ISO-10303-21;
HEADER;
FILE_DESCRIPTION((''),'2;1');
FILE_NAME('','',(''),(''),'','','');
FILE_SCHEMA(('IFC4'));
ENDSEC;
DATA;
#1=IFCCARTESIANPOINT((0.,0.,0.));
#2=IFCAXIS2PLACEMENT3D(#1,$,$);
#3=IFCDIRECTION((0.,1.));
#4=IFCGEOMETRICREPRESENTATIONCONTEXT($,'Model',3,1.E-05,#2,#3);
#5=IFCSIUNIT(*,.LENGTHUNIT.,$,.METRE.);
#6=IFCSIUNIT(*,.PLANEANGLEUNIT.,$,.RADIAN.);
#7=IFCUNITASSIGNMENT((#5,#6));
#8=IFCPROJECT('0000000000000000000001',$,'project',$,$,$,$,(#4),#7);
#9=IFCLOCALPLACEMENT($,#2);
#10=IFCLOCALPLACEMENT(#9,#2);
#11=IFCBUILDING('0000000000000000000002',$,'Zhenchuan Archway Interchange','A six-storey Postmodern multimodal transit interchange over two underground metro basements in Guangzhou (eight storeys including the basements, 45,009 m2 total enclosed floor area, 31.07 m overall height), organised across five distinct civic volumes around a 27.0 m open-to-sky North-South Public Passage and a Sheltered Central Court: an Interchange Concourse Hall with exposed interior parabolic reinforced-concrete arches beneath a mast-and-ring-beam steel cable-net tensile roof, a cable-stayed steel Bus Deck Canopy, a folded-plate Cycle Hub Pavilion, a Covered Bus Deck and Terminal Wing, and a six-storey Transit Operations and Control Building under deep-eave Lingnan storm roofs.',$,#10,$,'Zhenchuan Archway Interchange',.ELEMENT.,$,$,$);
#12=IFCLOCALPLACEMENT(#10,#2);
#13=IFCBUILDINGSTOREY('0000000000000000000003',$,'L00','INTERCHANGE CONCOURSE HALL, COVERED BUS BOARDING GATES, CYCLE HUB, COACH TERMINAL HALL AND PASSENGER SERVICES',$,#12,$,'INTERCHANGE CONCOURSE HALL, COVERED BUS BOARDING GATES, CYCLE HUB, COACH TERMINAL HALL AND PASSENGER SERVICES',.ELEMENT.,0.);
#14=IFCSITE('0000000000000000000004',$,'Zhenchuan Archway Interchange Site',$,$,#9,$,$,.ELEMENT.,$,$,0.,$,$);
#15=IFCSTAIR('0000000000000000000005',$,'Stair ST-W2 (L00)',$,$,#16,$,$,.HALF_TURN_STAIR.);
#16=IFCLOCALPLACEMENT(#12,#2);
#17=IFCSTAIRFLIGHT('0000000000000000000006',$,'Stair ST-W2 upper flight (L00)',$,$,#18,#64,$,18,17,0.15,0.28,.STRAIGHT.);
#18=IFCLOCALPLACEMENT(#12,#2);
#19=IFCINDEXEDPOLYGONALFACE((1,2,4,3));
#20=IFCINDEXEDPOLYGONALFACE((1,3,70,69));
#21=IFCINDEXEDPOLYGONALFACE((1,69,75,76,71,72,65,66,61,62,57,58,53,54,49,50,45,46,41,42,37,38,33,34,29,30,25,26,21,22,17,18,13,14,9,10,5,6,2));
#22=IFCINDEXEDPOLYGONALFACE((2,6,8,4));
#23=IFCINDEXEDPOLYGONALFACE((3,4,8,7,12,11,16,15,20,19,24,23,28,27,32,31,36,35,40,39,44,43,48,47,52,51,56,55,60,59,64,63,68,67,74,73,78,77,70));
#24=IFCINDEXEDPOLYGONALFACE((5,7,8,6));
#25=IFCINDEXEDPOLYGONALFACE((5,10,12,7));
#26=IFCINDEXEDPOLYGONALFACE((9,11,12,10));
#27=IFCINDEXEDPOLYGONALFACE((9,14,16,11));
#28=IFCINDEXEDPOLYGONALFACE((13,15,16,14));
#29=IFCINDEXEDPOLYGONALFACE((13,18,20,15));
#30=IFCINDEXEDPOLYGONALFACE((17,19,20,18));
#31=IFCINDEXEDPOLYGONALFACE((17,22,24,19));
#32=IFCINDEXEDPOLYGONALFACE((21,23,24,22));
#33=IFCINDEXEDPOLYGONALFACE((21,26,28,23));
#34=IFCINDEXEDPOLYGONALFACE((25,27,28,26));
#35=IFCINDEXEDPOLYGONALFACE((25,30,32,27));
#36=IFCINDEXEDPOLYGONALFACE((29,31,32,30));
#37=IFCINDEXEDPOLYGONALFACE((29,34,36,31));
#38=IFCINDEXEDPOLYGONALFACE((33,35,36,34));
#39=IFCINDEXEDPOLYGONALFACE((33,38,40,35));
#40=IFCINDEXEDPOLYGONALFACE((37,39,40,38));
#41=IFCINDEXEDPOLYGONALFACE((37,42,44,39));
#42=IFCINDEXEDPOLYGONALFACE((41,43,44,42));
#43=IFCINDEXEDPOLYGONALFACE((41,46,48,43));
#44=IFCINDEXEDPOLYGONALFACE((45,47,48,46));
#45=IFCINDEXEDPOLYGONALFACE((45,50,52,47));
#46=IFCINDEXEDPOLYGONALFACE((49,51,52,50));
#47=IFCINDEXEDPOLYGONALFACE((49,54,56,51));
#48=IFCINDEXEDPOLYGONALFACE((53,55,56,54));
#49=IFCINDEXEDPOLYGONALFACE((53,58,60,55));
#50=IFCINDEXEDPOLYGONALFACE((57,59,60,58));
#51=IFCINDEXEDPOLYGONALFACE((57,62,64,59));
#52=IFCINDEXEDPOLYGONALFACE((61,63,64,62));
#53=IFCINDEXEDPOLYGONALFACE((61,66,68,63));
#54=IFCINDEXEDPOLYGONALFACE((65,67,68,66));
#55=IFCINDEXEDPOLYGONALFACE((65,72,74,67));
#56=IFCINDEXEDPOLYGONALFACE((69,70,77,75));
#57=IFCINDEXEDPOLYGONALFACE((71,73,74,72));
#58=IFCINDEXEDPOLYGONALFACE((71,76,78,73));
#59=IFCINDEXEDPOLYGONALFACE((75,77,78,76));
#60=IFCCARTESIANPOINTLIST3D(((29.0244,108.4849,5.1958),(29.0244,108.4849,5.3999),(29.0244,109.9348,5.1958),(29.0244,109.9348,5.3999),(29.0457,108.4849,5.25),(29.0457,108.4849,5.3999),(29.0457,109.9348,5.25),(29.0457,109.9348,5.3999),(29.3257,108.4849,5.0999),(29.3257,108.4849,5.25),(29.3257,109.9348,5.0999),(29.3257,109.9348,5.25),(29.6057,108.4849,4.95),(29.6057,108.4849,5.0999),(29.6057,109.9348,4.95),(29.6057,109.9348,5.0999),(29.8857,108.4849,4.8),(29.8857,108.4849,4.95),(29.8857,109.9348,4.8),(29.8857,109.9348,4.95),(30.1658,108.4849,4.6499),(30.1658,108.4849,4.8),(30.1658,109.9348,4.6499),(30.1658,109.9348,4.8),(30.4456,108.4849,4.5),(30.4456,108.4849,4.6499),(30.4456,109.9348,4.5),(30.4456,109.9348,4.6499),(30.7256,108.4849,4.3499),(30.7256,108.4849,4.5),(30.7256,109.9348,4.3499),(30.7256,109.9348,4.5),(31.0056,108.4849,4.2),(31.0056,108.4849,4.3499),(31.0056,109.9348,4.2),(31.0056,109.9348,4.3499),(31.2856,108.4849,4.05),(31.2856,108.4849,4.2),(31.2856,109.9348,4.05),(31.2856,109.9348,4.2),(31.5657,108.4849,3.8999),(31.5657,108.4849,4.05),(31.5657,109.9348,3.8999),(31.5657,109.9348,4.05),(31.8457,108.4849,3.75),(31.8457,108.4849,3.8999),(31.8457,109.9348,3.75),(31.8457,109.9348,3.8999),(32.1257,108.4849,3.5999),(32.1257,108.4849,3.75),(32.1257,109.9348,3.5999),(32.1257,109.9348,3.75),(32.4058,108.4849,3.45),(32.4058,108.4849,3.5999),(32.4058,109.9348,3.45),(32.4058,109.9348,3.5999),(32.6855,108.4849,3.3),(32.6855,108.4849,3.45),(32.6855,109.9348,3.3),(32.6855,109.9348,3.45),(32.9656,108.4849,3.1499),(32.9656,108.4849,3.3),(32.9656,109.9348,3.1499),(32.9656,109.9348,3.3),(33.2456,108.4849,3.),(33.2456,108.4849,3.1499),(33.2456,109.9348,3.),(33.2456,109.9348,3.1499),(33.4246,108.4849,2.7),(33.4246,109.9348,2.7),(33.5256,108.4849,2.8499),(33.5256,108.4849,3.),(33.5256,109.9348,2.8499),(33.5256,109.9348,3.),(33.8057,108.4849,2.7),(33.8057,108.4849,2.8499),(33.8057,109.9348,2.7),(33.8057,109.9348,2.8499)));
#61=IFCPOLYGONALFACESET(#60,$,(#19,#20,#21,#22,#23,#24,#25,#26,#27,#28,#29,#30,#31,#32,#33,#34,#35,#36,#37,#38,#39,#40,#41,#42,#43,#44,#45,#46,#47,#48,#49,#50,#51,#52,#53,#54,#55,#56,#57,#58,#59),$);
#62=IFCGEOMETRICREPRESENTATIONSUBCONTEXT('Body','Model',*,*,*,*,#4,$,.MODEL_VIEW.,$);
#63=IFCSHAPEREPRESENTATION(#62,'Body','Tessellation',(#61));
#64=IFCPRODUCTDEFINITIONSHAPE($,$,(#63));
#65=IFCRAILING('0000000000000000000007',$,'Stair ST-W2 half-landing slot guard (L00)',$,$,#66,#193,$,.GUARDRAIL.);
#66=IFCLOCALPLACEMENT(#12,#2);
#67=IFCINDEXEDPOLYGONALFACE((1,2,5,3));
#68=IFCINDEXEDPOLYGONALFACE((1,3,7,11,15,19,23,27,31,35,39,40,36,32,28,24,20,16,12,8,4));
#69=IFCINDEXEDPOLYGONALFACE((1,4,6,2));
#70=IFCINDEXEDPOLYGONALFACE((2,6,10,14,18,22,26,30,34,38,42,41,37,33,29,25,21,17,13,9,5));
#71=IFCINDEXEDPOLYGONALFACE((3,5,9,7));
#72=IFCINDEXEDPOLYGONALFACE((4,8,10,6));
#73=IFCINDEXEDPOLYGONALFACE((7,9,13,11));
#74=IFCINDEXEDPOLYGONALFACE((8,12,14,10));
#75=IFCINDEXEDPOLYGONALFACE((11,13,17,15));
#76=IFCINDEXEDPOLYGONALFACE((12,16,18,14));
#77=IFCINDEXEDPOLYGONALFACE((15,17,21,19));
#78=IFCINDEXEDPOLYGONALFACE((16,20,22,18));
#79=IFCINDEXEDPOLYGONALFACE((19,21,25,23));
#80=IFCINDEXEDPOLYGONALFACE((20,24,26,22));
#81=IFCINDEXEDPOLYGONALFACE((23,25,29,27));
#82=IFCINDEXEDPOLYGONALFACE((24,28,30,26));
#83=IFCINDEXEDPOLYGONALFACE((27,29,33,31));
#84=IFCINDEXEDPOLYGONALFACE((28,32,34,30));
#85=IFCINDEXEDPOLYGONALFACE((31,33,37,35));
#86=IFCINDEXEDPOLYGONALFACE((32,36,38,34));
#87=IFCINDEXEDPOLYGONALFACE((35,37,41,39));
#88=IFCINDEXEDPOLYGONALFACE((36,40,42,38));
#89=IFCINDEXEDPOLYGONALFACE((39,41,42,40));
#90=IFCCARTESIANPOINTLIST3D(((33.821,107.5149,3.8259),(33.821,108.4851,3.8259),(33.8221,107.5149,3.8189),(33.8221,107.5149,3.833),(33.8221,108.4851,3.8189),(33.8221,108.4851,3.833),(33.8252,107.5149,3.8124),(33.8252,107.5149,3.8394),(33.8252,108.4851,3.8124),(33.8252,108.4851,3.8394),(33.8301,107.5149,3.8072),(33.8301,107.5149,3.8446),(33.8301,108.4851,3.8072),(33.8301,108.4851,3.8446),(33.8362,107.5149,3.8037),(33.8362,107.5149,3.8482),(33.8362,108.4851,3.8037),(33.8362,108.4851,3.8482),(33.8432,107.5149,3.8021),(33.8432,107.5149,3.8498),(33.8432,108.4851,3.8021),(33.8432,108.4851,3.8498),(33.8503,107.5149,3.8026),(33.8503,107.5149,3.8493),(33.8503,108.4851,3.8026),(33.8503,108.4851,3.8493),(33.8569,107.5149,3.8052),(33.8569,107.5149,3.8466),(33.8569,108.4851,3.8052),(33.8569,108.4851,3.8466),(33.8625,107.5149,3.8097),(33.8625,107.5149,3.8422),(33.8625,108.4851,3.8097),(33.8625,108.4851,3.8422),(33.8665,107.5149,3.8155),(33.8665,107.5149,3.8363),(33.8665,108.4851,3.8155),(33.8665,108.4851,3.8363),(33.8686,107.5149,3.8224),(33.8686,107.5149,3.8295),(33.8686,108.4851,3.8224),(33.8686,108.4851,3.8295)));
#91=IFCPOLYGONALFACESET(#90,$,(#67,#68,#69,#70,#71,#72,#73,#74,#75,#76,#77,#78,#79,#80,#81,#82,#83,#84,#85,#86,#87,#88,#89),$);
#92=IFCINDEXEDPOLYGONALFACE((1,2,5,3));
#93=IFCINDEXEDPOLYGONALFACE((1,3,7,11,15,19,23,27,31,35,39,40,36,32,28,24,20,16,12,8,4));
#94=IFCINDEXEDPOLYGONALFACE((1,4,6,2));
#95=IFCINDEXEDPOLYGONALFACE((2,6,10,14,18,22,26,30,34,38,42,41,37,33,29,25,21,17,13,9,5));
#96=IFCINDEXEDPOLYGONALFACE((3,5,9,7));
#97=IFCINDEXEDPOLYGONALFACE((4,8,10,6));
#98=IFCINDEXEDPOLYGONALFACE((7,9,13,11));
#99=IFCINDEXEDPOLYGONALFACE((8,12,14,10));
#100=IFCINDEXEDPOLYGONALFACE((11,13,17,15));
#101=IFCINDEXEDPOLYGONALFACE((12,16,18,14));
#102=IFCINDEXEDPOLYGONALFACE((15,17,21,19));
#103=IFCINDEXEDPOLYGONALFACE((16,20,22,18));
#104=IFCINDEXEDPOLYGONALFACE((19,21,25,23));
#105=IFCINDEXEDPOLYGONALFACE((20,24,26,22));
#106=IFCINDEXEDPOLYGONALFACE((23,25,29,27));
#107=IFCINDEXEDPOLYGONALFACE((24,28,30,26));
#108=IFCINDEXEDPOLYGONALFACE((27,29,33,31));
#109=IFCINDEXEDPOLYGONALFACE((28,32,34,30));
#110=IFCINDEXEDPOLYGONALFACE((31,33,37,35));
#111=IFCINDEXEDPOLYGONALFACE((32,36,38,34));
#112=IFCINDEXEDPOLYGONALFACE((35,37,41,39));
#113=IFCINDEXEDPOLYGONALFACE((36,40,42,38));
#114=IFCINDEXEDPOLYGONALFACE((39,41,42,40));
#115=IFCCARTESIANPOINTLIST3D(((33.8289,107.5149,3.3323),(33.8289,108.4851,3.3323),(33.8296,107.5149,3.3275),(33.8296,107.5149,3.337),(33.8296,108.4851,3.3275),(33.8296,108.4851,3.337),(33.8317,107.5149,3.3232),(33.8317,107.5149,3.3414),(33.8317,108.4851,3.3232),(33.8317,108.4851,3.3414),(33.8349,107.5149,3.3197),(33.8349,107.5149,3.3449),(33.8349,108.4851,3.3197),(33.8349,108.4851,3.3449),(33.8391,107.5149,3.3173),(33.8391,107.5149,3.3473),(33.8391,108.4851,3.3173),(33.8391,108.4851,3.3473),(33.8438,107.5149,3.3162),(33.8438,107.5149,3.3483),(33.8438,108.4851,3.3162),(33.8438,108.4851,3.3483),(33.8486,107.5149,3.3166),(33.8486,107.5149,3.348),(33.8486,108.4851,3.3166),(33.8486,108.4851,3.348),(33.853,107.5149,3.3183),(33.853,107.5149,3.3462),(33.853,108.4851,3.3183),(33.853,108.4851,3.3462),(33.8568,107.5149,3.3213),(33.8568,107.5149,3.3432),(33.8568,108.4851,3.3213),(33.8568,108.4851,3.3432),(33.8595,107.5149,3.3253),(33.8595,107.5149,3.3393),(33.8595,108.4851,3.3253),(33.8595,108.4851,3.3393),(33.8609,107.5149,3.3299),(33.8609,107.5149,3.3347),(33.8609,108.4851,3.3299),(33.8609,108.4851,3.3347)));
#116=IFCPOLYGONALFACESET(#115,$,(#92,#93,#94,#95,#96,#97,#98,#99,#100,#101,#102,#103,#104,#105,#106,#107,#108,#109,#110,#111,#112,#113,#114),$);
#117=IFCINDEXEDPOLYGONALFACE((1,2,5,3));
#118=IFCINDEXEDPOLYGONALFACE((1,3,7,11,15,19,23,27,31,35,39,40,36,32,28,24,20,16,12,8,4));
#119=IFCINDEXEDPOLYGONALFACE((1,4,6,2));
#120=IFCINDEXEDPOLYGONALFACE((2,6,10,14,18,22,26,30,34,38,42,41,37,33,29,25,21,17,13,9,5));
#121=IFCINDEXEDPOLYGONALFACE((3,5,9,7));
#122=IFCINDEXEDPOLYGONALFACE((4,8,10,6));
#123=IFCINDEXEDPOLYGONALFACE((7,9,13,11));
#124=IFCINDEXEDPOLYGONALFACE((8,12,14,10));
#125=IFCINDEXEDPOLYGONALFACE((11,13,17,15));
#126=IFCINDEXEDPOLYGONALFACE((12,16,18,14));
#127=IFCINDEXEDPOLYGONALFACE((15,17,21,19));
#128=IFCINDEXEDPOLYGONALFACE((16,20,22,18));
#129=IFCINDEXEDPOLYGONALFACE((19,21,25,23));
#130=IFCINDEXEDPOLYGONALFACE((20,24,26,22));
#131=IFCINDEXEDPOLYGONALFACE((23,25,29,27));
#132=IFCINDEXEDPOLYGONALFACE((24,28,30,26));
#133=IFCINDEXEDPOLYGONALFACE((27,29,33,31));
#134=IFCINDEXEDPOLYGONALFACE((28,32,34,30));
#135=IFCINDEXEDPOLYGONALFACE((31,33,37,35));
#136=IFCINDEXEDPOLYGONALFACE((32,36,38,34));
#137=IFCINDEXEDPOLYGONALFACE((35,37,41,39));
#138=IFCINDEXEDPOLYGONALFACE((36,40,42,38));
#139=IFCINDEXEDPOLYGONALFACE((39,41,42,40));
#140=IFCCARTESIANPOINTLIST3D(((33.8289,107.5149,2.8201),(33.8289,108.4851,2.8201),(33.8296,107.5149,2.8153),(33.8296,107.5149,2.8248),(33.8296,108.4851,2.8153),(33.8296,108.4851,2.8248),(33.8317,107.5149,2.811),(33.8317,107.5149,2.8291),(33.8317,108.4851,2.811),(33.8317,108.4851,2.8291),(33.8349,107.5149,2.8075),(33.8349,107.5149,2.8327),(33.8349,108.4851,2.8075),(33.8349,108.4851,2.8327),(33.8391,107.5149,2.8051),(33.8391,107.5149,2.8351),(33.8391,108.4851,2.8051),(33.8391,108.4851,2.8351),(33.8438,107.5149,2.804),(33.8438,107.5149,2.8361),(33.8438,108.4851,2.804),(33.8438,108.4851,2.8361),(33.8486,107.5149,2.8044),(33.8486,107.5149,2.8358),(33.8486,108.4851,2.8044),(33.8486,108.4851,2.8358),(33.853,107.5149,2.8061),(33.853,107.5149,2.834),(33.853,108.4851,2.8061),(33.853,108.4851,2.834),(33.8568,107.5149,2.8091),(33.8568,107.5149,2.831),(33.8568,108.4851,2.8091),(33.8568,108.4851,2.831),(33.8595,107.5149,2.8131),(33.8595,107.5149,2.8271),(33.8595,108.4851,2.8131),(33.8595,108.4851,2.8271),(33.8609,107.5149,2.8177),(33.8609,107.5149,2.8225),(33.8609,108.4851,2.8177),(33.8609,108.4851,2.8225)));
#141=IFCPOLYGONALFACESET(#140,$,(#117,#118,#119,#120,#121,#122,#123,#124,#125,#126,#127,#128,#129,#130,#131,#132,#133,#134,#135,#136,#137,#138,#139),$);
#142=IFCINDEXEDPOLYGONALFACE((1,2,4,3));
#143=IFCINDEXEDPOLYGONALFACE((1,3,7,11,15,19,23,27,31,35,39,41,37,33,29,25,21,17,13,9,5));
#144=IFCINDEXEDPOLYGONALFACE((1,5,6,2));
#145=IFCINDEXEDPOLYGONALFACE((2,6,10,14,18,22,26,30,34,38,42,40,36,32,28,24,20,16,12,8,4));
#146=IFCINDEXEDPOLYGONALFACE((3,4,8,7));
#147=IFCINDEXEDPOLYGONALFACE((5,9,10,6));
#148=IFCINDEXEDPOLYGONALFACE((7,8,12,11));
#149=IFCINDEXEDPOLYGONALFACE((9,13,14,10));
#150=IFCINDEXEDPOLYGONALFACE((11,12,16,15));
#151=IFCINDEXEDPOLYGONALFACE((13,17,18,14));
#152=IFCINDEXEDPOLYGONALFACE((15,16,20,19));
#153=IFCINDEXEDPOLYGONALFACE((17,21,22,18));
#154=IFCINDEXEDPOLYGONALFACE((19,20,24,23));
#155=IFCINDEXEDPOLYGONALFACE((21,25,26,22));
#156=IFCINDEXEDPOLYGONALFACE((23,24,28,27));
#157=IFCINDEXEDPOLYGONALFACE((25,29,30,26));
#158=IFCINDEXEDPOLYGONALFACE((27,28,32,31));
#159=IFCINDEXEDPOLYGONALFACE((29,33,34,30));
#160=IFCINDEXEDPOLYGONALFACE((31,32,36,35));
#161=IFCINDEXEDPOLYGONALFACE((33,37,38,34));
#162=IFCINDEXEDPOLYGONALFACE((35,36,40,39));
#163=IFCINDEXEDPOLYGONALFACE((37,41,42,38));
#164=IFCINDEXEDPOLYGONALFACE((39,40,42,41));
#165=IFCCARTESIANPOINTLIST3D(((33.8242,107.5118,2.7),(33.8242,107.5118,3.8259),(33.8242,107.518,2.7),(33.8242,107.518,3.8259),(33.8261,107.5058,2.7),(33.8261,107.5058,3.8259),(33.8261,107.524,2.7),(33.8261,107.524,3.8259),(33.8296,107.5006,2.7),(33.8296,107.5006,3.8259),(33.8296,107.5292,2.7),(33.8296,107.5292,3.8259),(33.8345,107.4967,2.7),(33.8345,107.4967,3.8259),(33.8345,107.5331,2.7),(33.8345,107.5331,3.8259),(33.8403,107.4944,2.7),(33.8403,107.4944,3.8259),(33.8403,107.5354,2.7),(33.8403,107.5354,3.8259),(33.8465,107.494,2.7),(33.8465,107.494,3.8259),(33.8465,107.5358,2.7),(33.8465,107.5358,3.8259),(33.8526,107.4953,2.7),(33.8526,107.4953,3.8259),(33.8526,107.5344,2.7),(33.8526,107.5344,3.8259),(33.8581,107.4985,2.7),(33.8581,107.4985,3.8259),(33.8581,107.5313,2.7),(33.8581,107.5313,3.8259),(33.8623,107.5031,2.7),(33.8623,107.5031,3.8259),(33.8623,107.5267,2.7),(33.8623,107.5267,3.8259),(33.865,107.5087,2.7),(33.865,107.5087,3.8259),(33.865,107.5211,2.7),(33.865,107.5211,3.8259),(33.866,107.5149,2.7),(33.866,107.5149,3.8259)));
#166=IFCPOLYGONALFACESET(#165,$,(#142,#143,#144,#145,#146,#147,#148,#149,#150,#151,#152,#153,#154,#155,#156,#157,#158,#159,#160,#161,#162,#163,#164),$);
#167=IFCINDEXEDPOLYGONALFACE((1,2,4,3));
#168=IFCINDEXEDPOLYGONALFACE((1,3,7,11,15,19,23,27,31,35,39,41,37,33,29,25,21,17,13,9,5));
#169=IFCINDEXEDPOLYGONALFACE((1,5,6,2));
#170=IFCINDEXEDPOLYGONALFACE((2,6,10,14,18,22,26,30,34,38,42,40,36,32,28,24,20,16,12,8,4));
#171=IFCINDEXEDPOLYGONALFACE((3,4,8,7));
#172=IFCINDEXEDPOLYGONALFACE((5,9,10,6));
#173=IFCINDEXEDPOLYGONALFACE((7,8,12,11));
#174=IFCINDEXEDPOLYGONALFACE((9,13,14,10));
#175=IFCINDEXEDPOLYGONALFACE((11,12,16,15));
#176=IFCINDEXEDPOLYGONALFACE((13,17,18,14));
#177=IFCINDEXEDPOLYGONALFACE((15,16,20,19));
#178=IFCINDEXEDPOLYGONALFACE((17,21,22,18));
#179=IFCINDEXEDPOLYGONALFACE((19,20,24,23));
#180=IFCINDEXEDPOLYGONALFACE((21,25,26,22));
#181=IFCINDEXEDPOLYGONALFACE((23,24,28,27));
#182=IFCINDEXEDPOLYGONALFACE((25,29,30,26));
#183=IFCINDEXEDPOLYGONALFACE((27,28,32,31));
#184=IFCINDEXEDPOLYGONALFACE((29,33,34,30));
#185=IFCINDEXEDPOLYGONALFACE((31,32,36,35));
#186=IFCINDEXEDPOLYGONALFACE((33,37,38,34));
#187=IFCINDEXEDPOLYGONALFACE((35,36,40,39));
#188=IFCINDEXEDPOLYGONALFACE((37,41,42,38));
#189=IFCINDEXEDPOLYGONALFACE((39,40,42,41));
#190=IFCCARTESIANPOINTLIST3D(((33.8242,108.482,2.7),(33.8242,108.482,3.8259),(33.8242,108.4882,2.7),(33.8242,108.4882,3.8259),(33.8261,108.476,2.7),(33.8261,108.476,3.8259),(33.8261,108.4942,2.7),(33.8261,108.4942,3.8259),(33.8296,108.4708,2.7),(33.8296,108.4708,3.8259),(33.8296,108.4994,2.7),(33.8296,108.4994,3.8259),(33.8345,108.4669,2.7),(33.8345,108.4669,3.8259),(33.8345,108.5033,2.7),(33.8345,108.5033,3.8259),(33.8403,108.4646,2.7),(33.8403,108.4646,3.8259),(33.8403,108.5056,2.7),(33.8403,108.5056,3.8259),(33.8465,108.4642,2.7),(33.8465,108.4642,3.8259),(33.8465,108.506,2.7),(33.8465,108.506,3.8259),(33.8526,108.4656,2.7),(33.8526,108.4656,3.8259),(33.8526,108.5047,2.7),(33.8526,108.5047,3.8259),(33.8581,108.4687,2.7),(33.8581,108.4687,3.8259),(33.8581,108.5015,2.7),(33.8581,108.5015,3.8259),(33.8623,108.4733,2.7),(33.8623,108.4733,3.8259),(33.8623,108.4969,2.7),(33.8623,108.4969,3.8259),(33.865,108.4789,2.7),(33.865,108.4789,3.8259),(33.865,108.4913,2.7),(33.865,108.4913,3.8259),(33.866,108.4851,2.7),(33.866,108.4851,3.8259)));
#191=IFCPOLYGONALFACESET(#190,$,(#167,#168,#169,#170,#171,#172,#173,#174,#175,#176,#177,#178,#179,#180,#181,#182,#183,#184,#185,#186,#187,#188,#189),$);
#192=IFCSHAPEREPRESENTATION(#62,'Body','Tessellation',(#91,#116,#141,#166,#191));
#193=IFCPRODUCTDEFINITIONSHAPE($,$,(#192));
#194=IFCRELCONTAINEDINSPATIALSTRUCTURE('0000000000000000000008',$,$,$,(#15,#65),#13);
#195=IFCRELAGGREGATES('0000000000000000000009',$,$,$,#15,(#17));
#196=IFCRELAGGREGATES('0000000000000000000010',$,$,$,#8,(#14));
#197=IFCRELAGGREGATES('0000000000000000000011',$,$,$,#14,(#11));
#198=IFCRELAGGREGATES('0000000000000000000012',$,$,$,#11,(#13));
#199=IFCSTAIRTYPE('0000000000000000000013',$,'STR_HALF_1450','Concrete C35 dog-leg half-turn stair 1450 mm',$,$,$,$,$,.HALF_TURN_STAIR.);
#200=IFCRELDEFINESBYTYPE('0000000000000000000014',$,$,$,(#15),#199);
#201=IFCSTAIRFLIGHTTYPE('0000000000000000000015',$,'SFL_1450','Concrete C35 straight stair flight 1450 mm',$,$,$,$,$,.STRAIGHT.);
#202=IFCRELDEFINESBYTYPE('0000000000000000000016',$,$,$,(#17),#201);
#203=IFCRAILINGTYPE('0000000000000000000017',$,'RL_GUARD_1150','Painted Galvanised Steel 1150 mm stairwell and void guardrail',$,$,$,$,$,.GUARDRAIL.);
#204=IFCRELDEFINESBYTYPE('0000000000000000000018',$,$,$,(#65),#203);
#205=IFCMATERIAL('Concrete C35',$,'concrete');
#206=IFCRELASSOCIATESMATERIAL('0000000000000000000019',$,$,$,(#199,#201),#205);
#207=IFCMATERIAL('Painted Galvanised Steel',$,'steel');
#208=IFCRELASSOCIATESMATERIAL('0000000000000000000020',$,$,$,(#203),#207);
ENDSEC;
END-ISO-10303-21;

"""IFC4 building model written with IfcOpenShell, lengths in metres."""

from ifc_helpers import new_model, si_unit, direction, frame, origin, origin_2d, place, context, subcontext, project, spatial, polyline, circle, outline, extrude, material, type_object, element, aggregate, save


model = new_model("IFC4")

# Units and contexts
model_context = context("Model", 3, precision=1e-05, world=origin(), true_north=direction((0.0, 1.0)))
body_context = subcontext(model_context, "Body", "Model", "MODEL_VIEW")
ifc_project = project(units=[si_unit("LENGTHUNIT", "METRE"), si_unit("PLANEANGLEUNIT", "RADIAN")], contexts=[model_context])

# Site, building, storey
site_placement = place(None, origin())
site = spatial("IfcSite", under=ifc_project, at=site_placement, Name="Zhenchuan Archway Interchange Site", CompositionType="ELEMENT", RefElevation=0.0)
building_placement = place(site_placement, origin())
building = spatial("IfcBuilding", under=site, at=building_placement, Name="Zhenchuan Archway Interchange", Description="A six-storey Postmodern multimodal transit interchange over two underground metro basements in Guangzhou (eight storeys including the basements, 45,009 m2 total enclosed floor area, 31.07 m overall height), organised across five distinct civic volumes around a 27.0 m open-to-sky North-South Public Passage and a Sheltered Central Court: an Interchange Concourse Hall with exposed interior parabolic reinforced-concrete arches beneath a mast-and-ring-beam steel cable-net tensile roof, a cable-stayed steel Bus Deck Canopy, a folded-plate Cycle Hub Pavilion, a Covered Bus Deck and Terminal Wing, and a six-storey Transit Operations and Control Building under deep-eave Lingnan storm roofs.", LongName="Zhenchuan Archway Interchange", CompositionType="ELEMENT")
storey_placement = place(building_placement, origin())
storey = spatial("IfcBuildingStorey", under=building, at=storey_placement, Name="L00", Description="INTERCHANGE CONCOURSE HALL, COVERED BUS BOARDING GATES, CYCLE HUB, COACH TERMINAL HALL AND PASSENGER SERVICES", LongName="INTERCHANGE CONCOURSE HALL, COVERED BUS BOARDING GATES, CYCLE HUB, COACH TERMINAL HALL AND PASSENGER SERVICES", CompositionType="ELEMENT", Elevation=0.0)

# Shared definitions
ifc_material_1 = material(Name="Concrete C35", Category="concrete")

# Stair, stair flight
stair_type = type_object("IfcStairType", Name="STR_HALF_1450", Description="Concrete C35 dog-leg half-turn stair 1450 mm", PredefinedType="HALF_TURN_STAIR", material=ifc_material_1)
stair_placement = place(storey_placement, origin())
stair = element("IfcStair", 1, at=stair_placement, inside=storey, type_object=stair_type, Name="Stair ST-W2 (L00)", PredefinedType="HALF_TURN_STAIR")
stair_flight_type = type_object("IfcStairFlightType", Name="SFL_1450", Description="Concrete C35 straight stair flight 1450 mm", PredefinedType="STRAIGHT", material=ifc_material_1)
stair_flight_placement = place(storey_placement, frame((33.8057, 109.21, 2.7), z_axis=(0.0, 0.0, 1.0), x_axis=(-1.0, 0.0, 0.0)))
stair_flight = element("IfcStairFlight", 2, at=stair_flight_placement, type_object=stair_flight_type, Name="Stair ST-W2 upper flight (L00)", NumberOfRisers=18, NumberOfTreads=17, PredefinedType="STRAIGHT", RiserHeight=0.15, TreadLength=0.28, context=body_context, shape_type="SweptSolid", body=[
    extrude(outline(polyline([(0.0, 0.0), (0.0, 0.1499), (0.28, 0.1499), (0.28, 0.3), (0.5601, 0.3), (0.5601, 0.45), (0.8401, 0.45), (0.8401, 0.6001), (1.1201, 0.6001), (1.1201, 0.75), (1.3999, 0.75), (1.3999, 0.8999), (1.6799, 0.8999), (1.6799, 1.05), (1.96, 1.05), (1.96, 1.2), (2.24, 1.2), (2.24, 1.3501), (2.52, 1.3501), (2.52, 1.5), (2.8, 1.5), (2.8, 1.6499), (3.0801, 1.6499), (3.0801, 1.8), (3.3601, 1.8), (3.3601, 1.95), (3.6399, 1.95), (3.6399, 2.1001), (3.9199, 2.1001), (3.9199, 2.25), (4.2, 2.25), (4.2, 2.3999), (4.48, 2.3999), (4.48, 2.55), (4.76, 2.55), (4.76, 2.7), (4.7812, 2.7), (4.7812, 2.4958), (0.3811, 0.0), (0.0, 0.0)])), frame((0.0, 0.7251, 0.0), z_axis=(0.0, -1.0, 0.0), x_axis=(1.0, 0.0, 0.0)), (0.0, 0.0, 1.0), 1.45),
])
aggregate(stair, [stair_flight])

# Railing
ifc_material_2 = material(Name="Painted Galvanised Steel", Category="steel")
railing_type_1 = type_object("IfcRailingType", Name="RL_GUARD_1150", Description="Painted Galvanised Steel 1150 mm stairwell and void guardrail", PredefinedType="GUARDRAIL", material=ifc_material_2)
railing_placement = place(storey_placement, frame((33.845, 107.5149, 2.7)))
element("IfcRailing", 3, at=railing_placement, inside=storey, type_object=railing_type_1, Name="Stair ST-W2 half-landing slot guard (L00)", PredefinedType="GUARDRAIL", context=body_context, shape_type="SweptSolid", body=[
    extrude(circle(Radius=0.0239, at=origin_2d()), frame((0.0, 0.0, 1.126), z_axis=(0.0, 1.0, 0.0), x_axis=(-1.0, 0.0, 0.0)), (0.0, 0.0, 1.0), 0.9702),
    extrude(circle(Radius=0.0161, at=origin_2d()), frame((0.0, 0.0, 0.6323), z_axis=(0.0, 1.0, 0.0), x_axis=(-1.0, 0.0, 0.0)), (0.0, 0.0, 1.0), 0.9702),
    extrude(circle(Radius=0.0161, at=origin_2d()), frame((0.0, 0.0, 0.1201), z_axis=(0.0, 1.0, 0.0), x_axis=(-1.0, 0.0, 0.0)), (0.0, 0.0, 1.0), 0.9702),
    extrude(circle(Radius=0.021, at=origin_2d()), origin(), (0.0, 0.0, 1.0), 1.126),
    extrude(circle(Radius=0.021, at=origin_2d()), frame((0.0, 0.9702, 0.0)), (0.0, 0.0, 1.0), 1.126),
])

save(model, "model.ifc")
